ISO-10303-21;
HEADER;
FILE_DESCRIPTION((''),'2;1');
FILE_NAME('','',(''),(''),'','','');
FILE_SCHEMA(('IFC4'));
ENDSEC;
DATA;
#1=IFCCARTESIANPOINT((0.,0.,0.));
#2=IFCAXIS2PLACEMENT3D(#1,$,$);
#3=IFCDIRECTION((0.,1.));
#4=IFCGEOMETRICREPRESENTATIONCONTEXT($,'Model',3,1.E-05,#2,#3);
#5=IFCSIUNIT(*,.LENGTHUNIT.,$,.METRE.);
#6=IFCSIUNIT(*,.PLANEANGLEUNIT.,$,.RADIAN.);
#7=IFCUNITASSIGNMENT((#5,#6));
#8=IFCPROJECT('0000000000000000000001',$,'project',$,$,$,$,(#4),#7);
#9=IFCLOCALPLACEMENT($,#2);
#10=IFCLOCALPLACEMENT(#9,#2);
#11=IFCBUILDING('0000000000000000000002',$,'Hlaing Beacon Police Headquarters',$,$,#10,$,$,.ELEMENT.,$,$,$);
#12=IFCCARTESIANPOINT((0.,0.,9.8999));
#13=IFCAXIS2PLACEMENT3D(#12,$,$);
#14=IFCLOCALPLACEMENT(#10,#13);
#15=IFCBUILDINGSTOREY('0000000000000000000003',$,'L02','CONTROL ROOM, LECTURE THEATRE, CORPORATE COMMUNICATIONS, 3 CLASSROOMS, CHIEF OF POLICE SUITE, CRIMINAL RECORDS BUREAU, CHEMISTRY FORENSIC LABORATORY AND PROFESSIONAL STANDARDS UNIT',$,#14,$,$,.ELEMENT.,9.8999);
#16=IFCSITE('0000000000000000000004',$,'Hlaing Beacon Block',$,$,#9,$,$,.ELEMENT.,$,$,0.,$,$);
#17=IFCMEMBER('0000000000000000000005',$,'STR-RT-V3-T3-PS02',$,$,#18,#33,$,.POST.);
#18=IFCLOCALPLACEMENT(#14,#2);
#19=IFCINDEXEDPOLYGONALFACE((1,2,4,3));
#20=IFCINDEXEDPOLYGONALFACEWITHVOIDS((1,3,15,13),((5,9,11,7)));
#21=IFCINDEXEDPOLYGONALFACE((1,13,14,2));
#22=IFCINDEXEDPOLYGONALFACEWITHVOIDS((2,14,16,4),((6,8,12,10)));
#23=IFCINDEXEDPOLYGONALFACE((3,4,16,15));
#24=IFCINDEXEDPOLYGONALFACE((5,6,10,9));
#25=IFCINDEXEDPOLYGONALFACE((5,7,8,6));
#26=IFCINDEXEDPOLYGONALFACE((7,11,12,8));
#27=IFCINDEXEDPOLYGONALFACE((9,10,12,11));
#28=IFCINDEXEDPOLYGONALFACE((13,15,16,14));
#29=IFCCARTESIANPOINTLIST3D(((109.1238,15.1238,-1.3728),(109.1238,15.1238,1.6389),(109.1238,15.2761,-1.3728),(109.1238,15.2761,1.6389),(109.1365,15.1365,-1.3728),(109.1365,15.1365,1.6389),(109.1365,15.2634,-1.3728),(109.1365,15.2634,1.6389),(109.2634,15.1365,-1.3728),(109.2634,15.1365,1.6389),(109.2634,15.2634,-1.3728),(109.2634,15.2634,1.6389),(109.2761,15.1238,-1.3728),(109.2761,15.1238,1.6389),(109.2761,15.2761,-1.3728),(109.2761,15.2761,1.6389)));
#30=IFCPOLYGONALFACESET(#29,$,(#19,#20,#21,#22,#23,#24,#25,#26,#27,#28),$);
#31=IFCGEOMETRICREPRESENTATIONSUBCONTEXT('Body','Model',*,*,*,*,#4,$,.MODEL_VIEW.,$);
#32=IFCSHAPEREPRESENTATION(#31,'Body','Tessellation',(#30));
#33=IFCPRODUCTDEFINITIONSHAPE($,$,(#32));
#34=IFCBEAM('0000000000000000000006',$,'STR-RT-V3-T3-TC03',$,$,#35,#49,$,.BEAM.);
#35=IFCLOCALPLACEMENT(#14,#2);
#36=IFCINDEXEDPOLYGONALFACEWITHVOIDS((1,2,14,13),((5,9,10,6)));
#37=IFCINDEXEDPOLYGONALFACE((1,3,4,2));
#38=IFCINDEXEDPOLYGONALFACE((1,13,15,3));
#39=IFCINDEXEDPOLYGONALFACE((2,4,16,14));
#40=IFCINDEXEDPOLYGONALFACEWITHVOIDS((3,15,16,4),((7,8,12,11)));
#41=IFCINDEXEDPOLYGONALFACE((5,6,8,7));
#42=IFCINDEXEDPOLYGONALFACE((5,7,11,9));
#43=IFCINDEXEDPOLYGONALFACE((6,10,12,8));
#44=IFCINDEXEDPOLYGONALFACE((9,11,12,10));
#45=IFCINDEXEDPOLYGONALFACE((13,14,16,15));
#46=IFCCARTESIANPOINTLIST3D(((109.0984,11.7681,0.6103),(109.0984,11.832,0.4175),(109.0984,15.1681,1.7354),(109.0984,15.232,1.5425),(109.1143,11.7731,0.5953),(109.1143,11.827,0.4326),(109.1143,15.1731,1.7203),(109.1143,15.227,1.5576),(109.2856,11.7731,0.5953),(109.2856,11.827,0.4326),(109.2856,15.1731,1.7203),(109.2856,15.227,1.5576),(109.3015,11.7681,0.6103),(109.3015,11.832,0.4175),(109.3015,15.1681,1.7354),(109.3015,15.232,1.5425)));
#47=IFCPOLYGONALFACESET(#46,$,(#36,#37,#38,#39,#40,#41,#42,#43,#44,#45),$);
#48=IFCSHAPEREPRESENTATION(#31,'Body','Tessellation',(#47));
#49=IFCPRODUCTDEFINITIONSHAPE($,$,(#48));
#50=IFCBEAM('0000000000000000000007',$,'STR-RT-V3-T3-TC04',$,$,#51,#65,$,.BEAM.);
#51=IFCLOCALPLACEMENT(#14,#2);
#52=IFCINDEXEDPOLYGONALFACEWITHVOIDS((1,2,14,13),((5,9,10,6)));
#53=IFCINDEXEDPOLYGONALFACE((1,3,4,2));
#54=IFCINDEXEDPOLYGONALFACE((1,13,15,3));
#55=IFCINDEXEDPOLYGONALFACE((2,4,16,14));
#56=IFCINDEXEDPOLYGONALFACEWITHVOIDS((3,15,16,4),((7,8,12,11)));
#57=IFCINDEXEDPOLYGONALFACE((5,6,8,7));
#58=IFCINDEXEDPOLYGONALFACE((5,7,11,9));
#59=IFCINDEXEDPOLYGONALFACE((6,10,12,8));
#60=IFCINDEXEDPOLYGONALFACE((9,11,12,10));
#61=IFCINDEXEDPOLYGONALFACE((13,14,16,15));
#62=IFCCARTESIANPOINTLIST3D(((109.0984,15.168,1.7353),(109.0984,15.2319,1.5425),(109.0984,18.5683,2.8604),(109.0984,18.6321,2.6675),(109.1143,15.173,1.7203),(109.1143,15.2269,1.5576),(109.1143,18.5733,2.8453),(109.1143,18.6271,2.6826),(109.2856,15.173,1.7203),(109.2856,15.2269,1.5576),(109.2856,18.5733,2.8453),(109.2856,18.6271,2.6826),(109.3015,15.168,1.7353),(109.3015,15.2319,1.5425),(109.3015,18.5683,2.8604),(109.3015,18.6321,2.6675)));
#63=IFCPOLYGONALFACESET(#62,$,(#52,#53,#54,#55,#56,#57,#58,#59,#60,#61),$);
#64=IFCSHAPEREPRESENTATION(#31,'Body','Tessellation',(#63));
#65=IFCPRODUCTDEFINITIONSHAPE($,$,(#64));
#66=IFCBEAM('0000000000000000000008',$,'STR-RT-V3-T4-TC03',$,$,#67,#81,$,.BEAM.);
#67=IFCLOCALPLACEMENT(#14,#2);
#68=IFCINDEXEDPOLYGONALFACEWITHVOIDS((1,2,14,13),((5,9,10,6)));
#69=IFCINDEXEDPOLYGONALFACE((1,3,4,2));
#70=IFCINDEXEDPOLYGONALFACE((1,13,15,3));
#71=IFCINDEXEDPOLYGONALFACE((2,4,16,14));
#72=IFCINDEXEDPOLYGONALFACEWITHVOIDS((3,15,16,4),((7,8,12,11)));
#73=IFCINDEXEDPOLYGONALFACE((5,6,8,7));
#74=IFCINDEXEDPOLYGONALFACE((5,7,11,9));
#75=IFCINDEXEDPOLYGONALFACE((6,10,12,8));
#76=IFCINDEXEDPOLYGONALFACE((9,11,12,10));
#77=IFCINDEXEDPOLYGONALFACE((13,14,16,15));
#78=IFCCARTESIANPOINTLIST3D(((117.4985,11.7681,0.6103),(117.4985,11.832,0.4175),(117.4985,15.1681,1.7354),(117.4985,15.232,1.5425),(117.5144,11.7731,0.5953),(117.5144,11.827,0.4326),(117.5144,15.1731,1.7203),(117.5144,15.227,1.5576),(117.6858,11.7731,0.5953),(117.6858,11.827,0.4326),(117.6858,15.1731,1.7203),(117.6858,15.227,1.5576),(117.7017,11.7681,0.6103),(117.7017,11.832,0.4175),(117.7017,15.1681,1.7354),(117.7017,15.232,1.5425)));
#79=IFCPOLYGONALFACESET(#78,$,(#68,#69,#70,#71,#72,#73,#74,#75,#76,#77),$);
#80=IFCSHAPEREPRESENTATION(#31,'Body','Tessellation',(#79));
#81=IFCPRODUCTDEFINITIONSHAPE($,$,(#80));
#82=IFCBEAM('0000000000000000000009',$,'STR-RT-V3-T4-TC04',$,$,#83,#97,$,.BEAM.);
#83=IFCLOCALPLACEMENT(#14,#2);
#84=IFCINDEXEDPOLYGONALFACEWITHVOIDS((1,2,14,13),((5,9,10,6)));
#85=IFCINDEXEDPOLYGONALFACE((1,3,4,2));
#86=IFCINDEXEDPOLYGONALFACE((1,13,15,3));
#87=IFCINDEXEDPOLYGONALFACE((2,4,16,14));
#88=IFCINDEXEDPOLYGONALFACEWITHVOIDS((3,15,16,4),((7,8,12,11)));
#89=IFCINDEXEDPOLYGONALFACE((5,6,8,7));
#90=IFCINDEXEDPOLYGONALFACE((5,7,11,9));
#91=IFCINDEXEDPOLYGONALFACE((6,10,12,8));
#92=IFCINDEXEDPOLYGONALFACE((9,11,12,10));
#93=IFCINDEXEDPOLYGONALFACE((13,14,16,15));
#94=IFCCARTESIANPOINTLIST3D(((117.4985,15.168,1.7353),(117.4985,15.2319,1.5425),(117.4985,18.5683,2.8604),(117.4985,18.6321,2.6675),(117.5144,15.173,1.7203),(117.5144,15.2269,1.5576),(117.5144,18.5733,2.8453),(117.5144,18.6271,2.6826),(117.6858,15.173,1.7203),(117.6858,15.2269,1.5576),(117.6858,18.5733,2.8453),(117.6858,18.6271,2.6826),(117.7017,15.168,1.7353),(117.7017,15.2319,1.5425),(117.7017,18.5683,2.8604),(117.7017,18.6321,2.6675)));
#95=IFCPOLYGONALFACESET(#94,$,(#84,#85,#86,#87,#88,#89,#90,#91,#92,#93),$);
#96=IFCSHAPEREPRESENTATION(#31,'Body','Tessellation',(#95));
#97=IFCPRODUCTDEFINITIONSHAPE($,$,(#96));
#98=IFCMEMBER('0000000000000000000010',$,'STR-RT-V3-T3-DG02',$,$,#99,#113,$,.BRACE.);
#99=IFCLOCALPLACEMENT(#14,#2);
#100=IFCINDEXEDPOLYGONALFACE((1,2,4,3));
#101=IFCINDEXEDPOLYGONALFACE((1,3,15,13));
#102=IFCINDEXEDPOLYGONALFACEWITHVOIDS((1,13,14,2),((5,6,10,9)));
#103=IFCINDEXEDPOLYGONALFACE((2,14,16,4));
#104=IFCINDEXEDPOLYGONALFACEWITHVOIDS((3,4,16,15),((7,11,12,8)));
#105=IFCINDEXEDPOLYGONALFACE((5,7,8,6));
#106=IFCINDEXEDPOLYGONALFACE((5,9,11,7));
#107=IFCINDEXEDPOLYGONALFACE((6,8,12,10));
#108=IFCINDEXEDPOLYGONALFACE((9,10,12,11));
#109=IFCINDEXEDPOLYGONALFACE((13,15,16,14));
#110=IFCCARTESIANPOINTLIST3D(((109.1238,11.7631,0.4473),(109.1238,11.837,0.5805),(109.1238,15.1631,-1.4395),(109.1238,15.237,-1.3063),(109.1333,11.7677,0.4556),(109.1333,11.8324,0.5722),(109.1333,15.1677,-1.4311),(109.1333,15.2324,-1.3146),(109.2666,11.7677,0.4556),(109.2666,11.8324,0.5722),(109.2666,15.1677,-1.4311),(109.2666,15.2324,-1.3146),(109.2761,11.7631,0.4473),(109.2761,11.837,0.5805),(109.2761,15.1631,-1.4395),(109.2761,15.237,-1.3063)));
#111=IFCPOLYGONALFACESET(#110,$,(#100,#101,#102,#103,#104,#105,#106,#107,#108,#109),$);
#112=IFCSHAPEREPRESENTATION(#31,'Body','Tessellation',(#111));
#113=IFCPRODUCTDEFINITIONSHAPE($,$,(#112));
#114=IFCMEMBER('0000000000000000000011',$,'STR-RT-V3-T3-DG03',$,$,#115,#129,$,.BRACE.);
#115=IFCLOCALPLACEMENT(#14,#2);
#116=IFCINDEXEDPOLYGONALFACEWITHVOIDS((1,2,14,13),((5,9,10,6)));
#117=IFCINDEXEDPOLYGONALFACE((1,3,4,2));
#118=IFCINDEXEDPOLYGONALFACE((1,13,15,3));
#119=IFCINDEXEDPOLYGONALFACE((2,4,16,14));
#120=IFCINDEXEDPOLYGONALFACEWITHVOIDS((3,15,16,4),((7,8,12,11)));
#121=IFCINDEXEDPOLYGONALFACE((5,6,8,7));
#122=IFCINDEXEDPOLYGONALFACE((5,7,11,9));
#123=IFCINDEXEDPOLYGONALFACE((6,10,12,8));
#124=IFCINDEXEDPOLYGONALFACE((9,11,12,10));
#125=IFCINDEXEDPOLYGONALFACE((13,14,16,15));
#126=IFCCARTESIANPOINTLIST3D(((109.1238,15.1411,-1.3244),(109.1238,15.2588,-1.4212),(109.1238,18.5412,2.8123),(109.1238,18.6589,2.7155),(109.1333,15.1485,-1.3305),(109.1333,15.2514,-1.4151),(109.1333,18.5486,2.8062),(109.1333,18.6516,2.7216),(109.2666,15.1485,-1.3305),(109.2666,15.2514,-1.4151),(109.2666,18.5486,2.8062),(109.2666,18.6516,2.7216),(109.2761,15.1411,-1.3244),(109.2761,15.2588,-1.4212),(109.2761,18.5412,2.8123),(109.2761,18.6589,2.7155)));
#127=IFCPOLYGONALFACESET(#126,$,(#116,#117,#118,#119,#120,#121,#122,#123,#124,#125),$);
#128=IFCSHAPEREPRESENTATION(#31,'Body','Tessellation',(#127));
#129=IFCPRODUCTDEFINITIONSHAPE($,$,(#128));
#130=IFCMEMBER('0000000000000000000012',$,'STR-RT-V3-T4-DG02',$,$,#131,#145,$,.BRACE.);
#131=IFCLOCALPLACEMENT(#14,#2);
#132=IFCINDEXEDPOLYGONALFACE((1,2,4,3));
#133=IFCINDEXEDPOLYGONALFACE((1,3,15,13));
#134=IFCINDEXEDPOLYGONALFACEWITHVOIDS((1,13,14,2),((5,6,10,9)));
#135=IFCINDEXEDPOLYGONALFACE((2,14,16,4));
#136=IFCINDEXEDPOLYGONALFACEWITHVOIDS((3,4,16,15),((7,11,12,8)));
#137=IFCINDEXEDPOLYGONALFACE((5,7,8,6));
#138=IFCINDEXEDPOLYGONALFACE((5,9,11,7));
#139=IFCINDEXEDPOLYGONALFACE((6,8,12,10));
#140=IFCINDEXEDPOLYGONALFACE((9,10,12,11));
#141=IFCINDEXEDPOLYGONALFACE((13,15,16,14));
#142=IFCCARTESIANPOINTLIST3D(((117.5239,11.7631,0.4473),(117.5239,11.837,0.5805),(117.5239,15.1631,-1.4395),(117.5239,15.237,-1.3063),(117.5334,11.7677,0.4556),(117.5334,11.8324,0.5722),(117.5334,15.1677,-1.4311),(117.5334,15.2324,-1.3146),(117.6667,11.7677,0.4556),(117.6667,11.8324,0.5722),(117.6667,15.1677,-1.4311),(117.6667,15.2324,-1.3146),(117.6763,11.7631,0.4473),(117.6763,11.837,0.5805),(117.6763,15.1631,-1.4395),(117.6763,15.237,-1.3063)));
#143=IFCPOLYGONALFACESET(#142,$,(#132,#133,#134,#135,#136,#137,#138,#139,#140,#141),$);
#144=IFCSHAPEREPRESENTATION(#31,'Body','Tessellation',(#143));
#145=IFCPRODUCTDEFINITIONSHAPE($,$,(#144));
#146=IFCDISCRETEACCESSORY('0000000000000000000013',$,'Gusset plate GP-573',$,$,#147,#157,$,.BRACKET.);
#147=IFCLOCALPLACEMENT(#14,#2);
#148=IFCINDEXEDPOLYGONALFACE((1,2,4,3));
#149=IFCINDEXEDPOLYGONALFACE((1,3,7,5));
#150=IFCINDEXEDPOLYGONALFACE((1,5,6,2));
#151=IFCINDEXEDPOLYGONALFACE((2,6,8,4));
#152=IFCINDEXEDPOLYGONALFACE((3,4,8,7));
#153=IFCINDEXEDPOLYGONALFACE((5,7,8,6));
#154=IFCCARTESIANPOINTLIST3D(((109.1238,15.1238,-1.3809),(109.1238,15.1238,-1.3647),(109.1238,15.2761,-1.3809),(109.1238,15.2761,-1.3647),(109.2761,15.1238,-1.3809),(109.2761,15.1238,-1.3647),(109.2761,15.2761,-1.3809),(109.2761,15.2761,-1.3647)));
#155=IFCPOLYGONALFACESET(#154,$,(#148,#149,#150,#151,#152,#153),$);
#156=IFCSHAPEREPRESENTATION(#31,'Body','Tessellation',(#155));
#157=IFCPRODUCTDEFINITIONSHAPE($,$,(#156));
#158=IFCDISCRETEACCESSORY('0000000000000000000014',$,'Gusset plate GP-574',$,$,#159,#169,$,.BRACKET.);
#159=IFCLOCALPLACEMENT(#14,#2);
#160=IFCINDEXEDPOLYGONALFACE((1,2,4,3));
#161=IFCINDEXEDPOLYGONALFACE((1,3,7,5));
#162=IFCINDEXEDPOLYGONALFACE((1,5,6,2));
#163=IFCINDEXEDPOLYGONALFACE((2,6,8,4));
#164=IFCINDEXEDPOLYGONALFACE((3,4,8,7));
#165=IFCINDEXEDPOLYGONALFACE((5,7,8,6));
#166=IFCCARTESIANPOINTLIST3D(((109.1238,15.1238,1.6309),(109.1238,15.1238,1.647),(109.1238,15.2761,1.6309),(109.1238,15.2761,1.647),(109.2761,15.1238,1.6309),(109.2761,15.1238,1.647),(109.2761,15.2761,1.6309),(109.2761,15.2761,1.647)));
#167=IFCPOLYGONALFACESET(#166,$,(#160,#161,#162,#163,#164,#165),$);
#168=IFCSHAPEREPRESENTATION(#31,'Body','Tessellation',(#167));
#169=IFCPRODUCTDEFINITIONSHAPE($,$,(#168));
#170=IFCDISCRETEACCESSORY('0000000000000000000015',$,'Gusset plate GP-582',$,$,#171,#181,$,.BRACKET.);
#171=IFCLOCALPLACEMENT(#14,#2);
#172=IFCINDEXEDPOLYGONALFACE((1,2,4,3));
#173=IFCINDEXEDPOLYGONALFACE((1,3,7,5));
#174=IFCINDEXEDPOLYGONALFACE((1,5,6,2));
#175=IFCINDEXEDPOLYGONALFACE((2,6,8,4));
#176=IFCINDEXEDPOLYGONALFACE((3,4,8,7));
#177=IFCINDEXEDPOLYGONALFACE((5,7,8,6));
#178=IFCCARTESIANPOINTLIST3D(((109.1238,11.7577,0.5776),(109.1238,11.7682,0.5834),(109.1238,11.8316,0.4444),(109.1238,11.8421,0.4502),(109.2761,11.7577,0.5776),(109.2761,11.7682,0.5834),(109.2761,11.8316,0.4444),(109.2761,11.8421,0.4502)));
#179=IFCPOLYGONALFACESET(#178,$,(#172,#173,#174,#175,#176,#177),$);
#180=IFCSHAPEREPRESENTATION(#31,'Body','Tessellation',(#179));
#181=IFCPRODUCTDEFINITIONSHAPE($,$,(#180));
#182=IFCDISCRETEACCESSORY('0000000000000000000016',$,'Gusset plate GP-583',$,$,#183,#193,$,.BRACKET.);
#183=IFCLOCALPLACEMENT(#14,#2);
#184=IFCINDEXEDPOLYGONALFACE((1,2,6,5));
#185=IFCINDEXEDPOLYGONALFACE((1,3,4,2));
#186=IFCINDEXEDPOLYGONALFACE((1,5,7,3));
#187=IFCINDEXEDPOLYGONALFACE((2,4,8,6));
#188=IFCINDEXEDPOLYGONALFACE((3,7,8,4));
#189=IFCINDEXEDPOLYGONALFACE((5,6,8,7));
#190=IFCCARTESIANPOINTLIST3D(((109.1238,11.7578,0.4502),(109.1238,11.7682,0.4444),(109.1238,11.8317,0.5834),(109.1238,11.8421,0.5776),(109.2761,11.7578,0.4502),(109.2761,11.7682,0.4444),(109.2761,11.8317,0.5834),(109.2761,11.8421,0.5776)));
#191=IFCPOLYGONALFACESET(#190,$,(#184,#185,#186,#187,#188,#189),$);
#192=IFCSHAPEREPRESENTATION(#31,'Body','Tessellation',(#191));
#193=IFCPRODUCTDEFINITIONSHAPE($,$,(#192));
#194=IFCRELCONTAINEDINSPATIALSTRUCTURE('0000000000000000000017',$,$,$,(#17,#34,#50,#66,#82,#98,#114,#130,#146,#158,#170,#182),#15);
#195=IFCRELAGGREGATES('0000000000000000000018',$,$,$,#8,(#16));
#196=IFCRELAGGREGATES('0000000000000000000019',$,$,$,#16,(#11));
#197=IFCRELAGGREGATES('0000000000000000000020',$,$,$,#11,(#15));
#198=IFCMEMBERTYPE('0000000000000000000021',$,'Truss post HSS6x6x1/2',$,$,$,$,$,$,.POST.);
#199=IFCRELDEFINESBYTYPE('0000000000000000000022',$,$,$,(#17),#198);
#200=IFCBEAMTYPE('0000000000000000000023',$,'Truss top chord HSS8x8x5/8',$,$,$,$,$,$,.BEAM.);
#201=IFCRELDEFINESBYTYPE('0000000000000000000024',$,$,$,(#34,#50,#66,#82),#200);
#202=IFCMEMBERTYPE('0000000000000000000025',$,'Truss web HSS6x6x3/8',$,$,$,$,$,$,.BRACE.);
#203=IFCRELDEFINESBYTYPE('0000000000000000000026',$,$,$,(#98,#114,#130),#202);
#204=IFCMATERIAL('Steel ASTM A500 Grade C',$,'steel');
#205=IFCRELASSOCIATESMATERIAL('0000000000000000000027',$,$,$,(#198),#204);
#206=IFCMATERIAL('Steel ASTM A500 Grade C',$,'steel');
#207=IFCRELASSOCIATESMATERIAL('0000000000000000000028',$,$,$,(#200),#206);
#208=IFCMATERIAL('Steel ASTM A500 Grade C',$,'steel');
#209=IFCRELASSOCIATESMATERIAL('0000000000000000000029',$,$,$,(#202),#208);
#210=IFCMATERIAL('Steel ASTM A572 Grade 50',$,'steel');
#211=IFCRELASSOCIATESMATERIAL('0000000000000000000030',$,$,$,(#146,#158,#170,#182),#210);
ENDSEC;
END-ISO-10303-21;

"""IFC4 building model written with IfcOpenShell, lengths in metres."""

from ifc_helpers import new_model, si_unit, direction, frame, origin, origin_2d, place, context, subcontext, project, spatial, rectangle, hollow_rectangle, extrude, material, material_profile, profile_set, type_object, element, save


model = new_model("IFC4")

# Units and contexts
model_context = context("Model", 3, precision=1e-05, world=origin(), true_north=direction((0.0, 1.0)))
body_context = subcontext(model_context, "Body", "Model", "MODEL_VIEW")
ifc_project = project(units=[si_unit("LENGTHUNIT", "METRE"), si_unit("PLANEANGLEUNIT", "RADIAN")], contexts=[model_context])

# Site, building, storey
site_placement = place(None, origin())
site = spatial("IfcSite", under=ifc_project, at=site_placement, Name="Hlaing Beacon Block", CompositionType="ELEMENT", RefElevation=0.0)
building_placement = place(site_placement, origin())
building = spatial("IfcBuilding", under=site, at=building_placement, Name="Hlaing Beacon Police Headquarters", CompositionType="ELEMENT")
storey_placement = place(building_placement, frame((0.0, 0.0, 9.8999)))
storey = spatial("IfcBuildingStorey", under=building, at=storey_placement, Name="L02", Description="CONTROL ROOM, LECTURE THEATRE, CORPORATE COMMUNICATIONS, 3 CLASSROOMS, CHIEF OF POLICE SUITE, CRIMINAL RECORDS BUREAU, CHEMISTRY FORENSIC LABORATORY AND PROFESSIONAL STANDARDS UNIT", CompositionType="ELEMENT", Elevation=9.8999)

# Member
ifc_material_1 = material(Name="Steel ASTM A500 Grade C", Category="steel")
ifc_material_profile_1 = material_profile(ifc_material_1, hollow_rectangle(XDim=0.1523, YDim=0.1523, WallThickness=0.0127, at=origin_2d()), Name="HSS6x6x1/2")
ifc_profile_set_1 = profile_set([ifc_material_profile_1], Name="Steel ASTM A500 Grade C")
member_type_1 = type_object("IfcMemberType", Name="Truss post HSS6x6x1/2", PredefinedType="POST", material=ifc_profile_set_1)
member_1_placement = place(storey_placement, frame((109.2, 15.2, -1.3728), z_axis=(0.0, 0.0, 1.0), x_axis=(1.0, 0.0, 0.0)))
element("IfcMember", 1, at=member_1_placement, inside=storey, type_object=member_type_1, Name="STR-RT-V3-T3-PS02", PredefinedType="POST", context=body_context, shape_type="SweptSolid", body=[
    extrude(hollow_rectangle(XDim=0.1523, YDim=0.1523, WallThickness=0.0127, at=origin_2d()), origin(), (0.0, 0.0, 1.0), 3.0117),
])

# Beams
ifc_material_2 = material(Name="Steel ASTM A500 Grade C", Category="steel")
ifc_material_profile_2 = material_profile(ifc_material_2, hollow_rectangle(XDim=0.2031, YDim=0.2031, WallThickness=0.0159, at=origin_2d()), Name="HSS8x8x5/8")
ifc_profile_set_2 = profile_set([ifc_material_profile_2], Name="Steel ASTM A500 Grade C")
beam_type_1 = type_object("IfcBeamType", Name="Truss top chord HSS8x8x5/8", PredefinedType="BEAM", material=ifc_profile_set_2)
beam_1_placement = place(storey_placement, frame((109.2, 11.8, 0.5139), z_axis=(0.0, 0.949376, 0.314141), x_axis=(-1.0, 0.0, 0.0)))
element("IfcBeam", 2, at=beam_1_placement, inside=storey, type_object=beam_type_1, Name="STR-RT-V3-T3-TC03", PredefinedType="BEAM", context=body_context, shape_type="SweptSolid", body=[
    extrude(hollow_rectangle(XDim=0.2031, YDim=0.2031, WallThickness=0.0159, at=origin_2d()), origin(), (0.0, 0.0, 1.0), 3.5813),
])
beam_2_placement = place(storey_placement, frame((109.2, 15.2, 1.6389), z_axis=(0.0, 0.949383, 0.314121), x_axis=(-1.0, 0.0, 0.0)))
element("IfcBeam", 3, at=beam_2_placement, inside=storey, type_object=beam_type_1, Name="STR-RT-V3-T3-TC04", PredefinedType="BEAM", context=body_context, shape_type="SweptSolid", body=[
    extrude(hollow_rectangle(XDim=0.2031, YDim=0.2031, WallThickness=0.0159, at=origin_2d()), origin(), (0.0, 0.0, 1.0), 3.5815),
])
beam_3_placement = place(storey_placement, frame((117.6001, 11.8, 0.5139), z_axis=(0.0, 0.949376, 0.314141), x_axis=(-1.0, 0.0, 0.0)))
element("IfcBeam", 4, at=beam_3_placement, inside=storey, type_object=beam_type_1, Name="STR-RT-V3-T4-TC03", PredefinedType="BEAM", context=body_context, shape_type="SweptSolid", body=[
    extrude(hollow_rectangle(XDim=0.2031, YDim=0.2031, WallThickness=0.0159, at=origin_2d()), origin(), (0.0, 0.0, 1.0), 3.5813),
])
beam_4_placement = place(storey_placement, frame((117.6001, 15.2, 1.6389), z_axis=(0.0, 0.949383, 0.314121), x_axis=(-1.0, 0.0, 0.0)))
element("IfcBeam", 5, at=beam_4_placement, inside=storey, type_object=beam_type_1, Name="STR-RT-V3-T4-TC04", PredefinedType="BEAM", context=body_context, shape_type="SweptSolid", body=[
    extrude(hollow_rectangle(XDim=0.2031, YDim=0.2031, WallThickness=0.0159, at=origin_2d()), origin(), (0.0, 0.0, 1.0), 3.5815),
])

# Members
ifc_material_3 = material(Name="Steel ASTM A500 Grade C", Category="steel")
ifc_material_profile_3 = material_profile(ifc_material_3, hollow_rectangle(XDim=0.1523, YDim=0.1523, WallThickness=0.0095, at=origin_2d()), Name="HSS6x6x3/8")
ifc_profile_set_3 = profile_set([ifc_material_profile_3], Name="Steel ASTM A500 Grade C")
member_type_2 = type_object("IfcMemberType", Name="Truss web HSS6x6x3/8", PredefinedType="BRACE", material=ifc_profile_set_3)
member_2_placement = place(storey_placement, frame((109.2, 11.8, 0.5139), z_axis=(0.0, 0.874388, -0.485227), x_axis=(-1.0, 0.0, 0.0)))
element("IfcMember", 6, at=member_2_placement, inside=storey, type_object=member_type_2, Name="STR-RT-V3-T3-DG02", PredefinedType="BRACE", context=body_context, shape_type="SweptSolid", body=[
    extrude(hollow_rectangle(XDim=0.1523, YDim=0.1523, WallThickness=0.0095, at=origin_2d()), origin(), (0.0, 0.0, 1.0), 3.8884),
])
member_3_placement = place(storey_placement, frame((109.2, 15.2, -1.3728), z_axis=(0.0, 0.634977, 0.772531), x_axis=(-1.0, 0.0, 0.0)))
element("IfcMember", 7, at=member_3_placement, inside=storey, type_object=member_type_2, Name="STR-RT-V3-T3-DG03", PredefinedType="BRACE", context=body_context, shape_type="SweptSolid", body=[
    extrude(hollow_rectangle(XDim=0.1523, YDim=0.1523, WallThickness=0.0095, at=origin_2d()), origin(), (0.0, 0.0, 1.0), 5.3547),
])
member_4_placement = place(storey_placement, frame((117.6001, 11.8, 0.5139), z_axis=(0.0, 0.874388, -0.485227), x_axis=(-1.0, 0.0, 0.0)))
element("IfcMember", 8, at=member_4_placement, inside=storey, type_object=member_type_2, Name="STR-RT-V3-T4-DG02", PredefinedType="BRACE", context=body_context, shape_type="SweptSolid", body=[
    extrude(hollow_rectangle(XDim=0.1523, YDim=0.1523, WallThickness=0.0095, at=origin_2d()), origin(), (0.0, 0.0, 1.0), 3.8884),
])

# Discrete accessories
ifc_material_4 = material(Name="Steel ASTM A572 Grade 50", Category="steel")
for number, where, z_axis, x_axis, name in (
    (9, (109.2, 15.2, -1.3647), (0.0, 0.0, -1.0), (1.0, 0.0, 0.0), "Gusset plate GP-573"),
    (10, (109.2, 15.2, 1.6309), (0.0, 0.0, 1.0), (1.0, 0.0, 0.0), "Gusset plate GP-574"),
):
    element("IfcDiscreteAccessory", number, at=place(storey_placement, frame(where, z_axis=z_axis, x_axis=x_axis)), inside=storey, material=ifc_material_4, Name=name, PredefinedType="BRACKET", context=body_context, shape_type="SweptSolid", body=[
        extrude(rectangle(XDim=0.1523, YDim=0.1523, at=origin_2d()), origin(), (0.0, 0.0, 1.0), 0.0161),
    ])
for number, where, z_axis, x_axis, name in (
    (11, (109.2, 11.7947, 0.511), (0.0, 0.874403, 0.4852), (-1.0, 0.0, 0.0), "Gusset plate GP-582"),
    (12, (109.2, 11.8052, 0.511), (0.0, -0.874388, 0.485227), (1.0, 0.0, 0.0), "Gusset plate GP-583"),
):
    element("IfcDiscreteAccessory", number, at=place(storey_placement, frame(where, z_axis=z_axis, x_axis=x_axis)), inside=storey, material=ifc_material_4, Name=name, PredefinedType="BRACKET", context=body_context, shape_type="SweptSolid", body=[
        extrude(rectangle(XDim=0.1523, YDim=0.1523, at=origin_2d()), origin(), (0.0, 0.0, 1.0), 0.012),
    ])

save(model, "model.ifc")
